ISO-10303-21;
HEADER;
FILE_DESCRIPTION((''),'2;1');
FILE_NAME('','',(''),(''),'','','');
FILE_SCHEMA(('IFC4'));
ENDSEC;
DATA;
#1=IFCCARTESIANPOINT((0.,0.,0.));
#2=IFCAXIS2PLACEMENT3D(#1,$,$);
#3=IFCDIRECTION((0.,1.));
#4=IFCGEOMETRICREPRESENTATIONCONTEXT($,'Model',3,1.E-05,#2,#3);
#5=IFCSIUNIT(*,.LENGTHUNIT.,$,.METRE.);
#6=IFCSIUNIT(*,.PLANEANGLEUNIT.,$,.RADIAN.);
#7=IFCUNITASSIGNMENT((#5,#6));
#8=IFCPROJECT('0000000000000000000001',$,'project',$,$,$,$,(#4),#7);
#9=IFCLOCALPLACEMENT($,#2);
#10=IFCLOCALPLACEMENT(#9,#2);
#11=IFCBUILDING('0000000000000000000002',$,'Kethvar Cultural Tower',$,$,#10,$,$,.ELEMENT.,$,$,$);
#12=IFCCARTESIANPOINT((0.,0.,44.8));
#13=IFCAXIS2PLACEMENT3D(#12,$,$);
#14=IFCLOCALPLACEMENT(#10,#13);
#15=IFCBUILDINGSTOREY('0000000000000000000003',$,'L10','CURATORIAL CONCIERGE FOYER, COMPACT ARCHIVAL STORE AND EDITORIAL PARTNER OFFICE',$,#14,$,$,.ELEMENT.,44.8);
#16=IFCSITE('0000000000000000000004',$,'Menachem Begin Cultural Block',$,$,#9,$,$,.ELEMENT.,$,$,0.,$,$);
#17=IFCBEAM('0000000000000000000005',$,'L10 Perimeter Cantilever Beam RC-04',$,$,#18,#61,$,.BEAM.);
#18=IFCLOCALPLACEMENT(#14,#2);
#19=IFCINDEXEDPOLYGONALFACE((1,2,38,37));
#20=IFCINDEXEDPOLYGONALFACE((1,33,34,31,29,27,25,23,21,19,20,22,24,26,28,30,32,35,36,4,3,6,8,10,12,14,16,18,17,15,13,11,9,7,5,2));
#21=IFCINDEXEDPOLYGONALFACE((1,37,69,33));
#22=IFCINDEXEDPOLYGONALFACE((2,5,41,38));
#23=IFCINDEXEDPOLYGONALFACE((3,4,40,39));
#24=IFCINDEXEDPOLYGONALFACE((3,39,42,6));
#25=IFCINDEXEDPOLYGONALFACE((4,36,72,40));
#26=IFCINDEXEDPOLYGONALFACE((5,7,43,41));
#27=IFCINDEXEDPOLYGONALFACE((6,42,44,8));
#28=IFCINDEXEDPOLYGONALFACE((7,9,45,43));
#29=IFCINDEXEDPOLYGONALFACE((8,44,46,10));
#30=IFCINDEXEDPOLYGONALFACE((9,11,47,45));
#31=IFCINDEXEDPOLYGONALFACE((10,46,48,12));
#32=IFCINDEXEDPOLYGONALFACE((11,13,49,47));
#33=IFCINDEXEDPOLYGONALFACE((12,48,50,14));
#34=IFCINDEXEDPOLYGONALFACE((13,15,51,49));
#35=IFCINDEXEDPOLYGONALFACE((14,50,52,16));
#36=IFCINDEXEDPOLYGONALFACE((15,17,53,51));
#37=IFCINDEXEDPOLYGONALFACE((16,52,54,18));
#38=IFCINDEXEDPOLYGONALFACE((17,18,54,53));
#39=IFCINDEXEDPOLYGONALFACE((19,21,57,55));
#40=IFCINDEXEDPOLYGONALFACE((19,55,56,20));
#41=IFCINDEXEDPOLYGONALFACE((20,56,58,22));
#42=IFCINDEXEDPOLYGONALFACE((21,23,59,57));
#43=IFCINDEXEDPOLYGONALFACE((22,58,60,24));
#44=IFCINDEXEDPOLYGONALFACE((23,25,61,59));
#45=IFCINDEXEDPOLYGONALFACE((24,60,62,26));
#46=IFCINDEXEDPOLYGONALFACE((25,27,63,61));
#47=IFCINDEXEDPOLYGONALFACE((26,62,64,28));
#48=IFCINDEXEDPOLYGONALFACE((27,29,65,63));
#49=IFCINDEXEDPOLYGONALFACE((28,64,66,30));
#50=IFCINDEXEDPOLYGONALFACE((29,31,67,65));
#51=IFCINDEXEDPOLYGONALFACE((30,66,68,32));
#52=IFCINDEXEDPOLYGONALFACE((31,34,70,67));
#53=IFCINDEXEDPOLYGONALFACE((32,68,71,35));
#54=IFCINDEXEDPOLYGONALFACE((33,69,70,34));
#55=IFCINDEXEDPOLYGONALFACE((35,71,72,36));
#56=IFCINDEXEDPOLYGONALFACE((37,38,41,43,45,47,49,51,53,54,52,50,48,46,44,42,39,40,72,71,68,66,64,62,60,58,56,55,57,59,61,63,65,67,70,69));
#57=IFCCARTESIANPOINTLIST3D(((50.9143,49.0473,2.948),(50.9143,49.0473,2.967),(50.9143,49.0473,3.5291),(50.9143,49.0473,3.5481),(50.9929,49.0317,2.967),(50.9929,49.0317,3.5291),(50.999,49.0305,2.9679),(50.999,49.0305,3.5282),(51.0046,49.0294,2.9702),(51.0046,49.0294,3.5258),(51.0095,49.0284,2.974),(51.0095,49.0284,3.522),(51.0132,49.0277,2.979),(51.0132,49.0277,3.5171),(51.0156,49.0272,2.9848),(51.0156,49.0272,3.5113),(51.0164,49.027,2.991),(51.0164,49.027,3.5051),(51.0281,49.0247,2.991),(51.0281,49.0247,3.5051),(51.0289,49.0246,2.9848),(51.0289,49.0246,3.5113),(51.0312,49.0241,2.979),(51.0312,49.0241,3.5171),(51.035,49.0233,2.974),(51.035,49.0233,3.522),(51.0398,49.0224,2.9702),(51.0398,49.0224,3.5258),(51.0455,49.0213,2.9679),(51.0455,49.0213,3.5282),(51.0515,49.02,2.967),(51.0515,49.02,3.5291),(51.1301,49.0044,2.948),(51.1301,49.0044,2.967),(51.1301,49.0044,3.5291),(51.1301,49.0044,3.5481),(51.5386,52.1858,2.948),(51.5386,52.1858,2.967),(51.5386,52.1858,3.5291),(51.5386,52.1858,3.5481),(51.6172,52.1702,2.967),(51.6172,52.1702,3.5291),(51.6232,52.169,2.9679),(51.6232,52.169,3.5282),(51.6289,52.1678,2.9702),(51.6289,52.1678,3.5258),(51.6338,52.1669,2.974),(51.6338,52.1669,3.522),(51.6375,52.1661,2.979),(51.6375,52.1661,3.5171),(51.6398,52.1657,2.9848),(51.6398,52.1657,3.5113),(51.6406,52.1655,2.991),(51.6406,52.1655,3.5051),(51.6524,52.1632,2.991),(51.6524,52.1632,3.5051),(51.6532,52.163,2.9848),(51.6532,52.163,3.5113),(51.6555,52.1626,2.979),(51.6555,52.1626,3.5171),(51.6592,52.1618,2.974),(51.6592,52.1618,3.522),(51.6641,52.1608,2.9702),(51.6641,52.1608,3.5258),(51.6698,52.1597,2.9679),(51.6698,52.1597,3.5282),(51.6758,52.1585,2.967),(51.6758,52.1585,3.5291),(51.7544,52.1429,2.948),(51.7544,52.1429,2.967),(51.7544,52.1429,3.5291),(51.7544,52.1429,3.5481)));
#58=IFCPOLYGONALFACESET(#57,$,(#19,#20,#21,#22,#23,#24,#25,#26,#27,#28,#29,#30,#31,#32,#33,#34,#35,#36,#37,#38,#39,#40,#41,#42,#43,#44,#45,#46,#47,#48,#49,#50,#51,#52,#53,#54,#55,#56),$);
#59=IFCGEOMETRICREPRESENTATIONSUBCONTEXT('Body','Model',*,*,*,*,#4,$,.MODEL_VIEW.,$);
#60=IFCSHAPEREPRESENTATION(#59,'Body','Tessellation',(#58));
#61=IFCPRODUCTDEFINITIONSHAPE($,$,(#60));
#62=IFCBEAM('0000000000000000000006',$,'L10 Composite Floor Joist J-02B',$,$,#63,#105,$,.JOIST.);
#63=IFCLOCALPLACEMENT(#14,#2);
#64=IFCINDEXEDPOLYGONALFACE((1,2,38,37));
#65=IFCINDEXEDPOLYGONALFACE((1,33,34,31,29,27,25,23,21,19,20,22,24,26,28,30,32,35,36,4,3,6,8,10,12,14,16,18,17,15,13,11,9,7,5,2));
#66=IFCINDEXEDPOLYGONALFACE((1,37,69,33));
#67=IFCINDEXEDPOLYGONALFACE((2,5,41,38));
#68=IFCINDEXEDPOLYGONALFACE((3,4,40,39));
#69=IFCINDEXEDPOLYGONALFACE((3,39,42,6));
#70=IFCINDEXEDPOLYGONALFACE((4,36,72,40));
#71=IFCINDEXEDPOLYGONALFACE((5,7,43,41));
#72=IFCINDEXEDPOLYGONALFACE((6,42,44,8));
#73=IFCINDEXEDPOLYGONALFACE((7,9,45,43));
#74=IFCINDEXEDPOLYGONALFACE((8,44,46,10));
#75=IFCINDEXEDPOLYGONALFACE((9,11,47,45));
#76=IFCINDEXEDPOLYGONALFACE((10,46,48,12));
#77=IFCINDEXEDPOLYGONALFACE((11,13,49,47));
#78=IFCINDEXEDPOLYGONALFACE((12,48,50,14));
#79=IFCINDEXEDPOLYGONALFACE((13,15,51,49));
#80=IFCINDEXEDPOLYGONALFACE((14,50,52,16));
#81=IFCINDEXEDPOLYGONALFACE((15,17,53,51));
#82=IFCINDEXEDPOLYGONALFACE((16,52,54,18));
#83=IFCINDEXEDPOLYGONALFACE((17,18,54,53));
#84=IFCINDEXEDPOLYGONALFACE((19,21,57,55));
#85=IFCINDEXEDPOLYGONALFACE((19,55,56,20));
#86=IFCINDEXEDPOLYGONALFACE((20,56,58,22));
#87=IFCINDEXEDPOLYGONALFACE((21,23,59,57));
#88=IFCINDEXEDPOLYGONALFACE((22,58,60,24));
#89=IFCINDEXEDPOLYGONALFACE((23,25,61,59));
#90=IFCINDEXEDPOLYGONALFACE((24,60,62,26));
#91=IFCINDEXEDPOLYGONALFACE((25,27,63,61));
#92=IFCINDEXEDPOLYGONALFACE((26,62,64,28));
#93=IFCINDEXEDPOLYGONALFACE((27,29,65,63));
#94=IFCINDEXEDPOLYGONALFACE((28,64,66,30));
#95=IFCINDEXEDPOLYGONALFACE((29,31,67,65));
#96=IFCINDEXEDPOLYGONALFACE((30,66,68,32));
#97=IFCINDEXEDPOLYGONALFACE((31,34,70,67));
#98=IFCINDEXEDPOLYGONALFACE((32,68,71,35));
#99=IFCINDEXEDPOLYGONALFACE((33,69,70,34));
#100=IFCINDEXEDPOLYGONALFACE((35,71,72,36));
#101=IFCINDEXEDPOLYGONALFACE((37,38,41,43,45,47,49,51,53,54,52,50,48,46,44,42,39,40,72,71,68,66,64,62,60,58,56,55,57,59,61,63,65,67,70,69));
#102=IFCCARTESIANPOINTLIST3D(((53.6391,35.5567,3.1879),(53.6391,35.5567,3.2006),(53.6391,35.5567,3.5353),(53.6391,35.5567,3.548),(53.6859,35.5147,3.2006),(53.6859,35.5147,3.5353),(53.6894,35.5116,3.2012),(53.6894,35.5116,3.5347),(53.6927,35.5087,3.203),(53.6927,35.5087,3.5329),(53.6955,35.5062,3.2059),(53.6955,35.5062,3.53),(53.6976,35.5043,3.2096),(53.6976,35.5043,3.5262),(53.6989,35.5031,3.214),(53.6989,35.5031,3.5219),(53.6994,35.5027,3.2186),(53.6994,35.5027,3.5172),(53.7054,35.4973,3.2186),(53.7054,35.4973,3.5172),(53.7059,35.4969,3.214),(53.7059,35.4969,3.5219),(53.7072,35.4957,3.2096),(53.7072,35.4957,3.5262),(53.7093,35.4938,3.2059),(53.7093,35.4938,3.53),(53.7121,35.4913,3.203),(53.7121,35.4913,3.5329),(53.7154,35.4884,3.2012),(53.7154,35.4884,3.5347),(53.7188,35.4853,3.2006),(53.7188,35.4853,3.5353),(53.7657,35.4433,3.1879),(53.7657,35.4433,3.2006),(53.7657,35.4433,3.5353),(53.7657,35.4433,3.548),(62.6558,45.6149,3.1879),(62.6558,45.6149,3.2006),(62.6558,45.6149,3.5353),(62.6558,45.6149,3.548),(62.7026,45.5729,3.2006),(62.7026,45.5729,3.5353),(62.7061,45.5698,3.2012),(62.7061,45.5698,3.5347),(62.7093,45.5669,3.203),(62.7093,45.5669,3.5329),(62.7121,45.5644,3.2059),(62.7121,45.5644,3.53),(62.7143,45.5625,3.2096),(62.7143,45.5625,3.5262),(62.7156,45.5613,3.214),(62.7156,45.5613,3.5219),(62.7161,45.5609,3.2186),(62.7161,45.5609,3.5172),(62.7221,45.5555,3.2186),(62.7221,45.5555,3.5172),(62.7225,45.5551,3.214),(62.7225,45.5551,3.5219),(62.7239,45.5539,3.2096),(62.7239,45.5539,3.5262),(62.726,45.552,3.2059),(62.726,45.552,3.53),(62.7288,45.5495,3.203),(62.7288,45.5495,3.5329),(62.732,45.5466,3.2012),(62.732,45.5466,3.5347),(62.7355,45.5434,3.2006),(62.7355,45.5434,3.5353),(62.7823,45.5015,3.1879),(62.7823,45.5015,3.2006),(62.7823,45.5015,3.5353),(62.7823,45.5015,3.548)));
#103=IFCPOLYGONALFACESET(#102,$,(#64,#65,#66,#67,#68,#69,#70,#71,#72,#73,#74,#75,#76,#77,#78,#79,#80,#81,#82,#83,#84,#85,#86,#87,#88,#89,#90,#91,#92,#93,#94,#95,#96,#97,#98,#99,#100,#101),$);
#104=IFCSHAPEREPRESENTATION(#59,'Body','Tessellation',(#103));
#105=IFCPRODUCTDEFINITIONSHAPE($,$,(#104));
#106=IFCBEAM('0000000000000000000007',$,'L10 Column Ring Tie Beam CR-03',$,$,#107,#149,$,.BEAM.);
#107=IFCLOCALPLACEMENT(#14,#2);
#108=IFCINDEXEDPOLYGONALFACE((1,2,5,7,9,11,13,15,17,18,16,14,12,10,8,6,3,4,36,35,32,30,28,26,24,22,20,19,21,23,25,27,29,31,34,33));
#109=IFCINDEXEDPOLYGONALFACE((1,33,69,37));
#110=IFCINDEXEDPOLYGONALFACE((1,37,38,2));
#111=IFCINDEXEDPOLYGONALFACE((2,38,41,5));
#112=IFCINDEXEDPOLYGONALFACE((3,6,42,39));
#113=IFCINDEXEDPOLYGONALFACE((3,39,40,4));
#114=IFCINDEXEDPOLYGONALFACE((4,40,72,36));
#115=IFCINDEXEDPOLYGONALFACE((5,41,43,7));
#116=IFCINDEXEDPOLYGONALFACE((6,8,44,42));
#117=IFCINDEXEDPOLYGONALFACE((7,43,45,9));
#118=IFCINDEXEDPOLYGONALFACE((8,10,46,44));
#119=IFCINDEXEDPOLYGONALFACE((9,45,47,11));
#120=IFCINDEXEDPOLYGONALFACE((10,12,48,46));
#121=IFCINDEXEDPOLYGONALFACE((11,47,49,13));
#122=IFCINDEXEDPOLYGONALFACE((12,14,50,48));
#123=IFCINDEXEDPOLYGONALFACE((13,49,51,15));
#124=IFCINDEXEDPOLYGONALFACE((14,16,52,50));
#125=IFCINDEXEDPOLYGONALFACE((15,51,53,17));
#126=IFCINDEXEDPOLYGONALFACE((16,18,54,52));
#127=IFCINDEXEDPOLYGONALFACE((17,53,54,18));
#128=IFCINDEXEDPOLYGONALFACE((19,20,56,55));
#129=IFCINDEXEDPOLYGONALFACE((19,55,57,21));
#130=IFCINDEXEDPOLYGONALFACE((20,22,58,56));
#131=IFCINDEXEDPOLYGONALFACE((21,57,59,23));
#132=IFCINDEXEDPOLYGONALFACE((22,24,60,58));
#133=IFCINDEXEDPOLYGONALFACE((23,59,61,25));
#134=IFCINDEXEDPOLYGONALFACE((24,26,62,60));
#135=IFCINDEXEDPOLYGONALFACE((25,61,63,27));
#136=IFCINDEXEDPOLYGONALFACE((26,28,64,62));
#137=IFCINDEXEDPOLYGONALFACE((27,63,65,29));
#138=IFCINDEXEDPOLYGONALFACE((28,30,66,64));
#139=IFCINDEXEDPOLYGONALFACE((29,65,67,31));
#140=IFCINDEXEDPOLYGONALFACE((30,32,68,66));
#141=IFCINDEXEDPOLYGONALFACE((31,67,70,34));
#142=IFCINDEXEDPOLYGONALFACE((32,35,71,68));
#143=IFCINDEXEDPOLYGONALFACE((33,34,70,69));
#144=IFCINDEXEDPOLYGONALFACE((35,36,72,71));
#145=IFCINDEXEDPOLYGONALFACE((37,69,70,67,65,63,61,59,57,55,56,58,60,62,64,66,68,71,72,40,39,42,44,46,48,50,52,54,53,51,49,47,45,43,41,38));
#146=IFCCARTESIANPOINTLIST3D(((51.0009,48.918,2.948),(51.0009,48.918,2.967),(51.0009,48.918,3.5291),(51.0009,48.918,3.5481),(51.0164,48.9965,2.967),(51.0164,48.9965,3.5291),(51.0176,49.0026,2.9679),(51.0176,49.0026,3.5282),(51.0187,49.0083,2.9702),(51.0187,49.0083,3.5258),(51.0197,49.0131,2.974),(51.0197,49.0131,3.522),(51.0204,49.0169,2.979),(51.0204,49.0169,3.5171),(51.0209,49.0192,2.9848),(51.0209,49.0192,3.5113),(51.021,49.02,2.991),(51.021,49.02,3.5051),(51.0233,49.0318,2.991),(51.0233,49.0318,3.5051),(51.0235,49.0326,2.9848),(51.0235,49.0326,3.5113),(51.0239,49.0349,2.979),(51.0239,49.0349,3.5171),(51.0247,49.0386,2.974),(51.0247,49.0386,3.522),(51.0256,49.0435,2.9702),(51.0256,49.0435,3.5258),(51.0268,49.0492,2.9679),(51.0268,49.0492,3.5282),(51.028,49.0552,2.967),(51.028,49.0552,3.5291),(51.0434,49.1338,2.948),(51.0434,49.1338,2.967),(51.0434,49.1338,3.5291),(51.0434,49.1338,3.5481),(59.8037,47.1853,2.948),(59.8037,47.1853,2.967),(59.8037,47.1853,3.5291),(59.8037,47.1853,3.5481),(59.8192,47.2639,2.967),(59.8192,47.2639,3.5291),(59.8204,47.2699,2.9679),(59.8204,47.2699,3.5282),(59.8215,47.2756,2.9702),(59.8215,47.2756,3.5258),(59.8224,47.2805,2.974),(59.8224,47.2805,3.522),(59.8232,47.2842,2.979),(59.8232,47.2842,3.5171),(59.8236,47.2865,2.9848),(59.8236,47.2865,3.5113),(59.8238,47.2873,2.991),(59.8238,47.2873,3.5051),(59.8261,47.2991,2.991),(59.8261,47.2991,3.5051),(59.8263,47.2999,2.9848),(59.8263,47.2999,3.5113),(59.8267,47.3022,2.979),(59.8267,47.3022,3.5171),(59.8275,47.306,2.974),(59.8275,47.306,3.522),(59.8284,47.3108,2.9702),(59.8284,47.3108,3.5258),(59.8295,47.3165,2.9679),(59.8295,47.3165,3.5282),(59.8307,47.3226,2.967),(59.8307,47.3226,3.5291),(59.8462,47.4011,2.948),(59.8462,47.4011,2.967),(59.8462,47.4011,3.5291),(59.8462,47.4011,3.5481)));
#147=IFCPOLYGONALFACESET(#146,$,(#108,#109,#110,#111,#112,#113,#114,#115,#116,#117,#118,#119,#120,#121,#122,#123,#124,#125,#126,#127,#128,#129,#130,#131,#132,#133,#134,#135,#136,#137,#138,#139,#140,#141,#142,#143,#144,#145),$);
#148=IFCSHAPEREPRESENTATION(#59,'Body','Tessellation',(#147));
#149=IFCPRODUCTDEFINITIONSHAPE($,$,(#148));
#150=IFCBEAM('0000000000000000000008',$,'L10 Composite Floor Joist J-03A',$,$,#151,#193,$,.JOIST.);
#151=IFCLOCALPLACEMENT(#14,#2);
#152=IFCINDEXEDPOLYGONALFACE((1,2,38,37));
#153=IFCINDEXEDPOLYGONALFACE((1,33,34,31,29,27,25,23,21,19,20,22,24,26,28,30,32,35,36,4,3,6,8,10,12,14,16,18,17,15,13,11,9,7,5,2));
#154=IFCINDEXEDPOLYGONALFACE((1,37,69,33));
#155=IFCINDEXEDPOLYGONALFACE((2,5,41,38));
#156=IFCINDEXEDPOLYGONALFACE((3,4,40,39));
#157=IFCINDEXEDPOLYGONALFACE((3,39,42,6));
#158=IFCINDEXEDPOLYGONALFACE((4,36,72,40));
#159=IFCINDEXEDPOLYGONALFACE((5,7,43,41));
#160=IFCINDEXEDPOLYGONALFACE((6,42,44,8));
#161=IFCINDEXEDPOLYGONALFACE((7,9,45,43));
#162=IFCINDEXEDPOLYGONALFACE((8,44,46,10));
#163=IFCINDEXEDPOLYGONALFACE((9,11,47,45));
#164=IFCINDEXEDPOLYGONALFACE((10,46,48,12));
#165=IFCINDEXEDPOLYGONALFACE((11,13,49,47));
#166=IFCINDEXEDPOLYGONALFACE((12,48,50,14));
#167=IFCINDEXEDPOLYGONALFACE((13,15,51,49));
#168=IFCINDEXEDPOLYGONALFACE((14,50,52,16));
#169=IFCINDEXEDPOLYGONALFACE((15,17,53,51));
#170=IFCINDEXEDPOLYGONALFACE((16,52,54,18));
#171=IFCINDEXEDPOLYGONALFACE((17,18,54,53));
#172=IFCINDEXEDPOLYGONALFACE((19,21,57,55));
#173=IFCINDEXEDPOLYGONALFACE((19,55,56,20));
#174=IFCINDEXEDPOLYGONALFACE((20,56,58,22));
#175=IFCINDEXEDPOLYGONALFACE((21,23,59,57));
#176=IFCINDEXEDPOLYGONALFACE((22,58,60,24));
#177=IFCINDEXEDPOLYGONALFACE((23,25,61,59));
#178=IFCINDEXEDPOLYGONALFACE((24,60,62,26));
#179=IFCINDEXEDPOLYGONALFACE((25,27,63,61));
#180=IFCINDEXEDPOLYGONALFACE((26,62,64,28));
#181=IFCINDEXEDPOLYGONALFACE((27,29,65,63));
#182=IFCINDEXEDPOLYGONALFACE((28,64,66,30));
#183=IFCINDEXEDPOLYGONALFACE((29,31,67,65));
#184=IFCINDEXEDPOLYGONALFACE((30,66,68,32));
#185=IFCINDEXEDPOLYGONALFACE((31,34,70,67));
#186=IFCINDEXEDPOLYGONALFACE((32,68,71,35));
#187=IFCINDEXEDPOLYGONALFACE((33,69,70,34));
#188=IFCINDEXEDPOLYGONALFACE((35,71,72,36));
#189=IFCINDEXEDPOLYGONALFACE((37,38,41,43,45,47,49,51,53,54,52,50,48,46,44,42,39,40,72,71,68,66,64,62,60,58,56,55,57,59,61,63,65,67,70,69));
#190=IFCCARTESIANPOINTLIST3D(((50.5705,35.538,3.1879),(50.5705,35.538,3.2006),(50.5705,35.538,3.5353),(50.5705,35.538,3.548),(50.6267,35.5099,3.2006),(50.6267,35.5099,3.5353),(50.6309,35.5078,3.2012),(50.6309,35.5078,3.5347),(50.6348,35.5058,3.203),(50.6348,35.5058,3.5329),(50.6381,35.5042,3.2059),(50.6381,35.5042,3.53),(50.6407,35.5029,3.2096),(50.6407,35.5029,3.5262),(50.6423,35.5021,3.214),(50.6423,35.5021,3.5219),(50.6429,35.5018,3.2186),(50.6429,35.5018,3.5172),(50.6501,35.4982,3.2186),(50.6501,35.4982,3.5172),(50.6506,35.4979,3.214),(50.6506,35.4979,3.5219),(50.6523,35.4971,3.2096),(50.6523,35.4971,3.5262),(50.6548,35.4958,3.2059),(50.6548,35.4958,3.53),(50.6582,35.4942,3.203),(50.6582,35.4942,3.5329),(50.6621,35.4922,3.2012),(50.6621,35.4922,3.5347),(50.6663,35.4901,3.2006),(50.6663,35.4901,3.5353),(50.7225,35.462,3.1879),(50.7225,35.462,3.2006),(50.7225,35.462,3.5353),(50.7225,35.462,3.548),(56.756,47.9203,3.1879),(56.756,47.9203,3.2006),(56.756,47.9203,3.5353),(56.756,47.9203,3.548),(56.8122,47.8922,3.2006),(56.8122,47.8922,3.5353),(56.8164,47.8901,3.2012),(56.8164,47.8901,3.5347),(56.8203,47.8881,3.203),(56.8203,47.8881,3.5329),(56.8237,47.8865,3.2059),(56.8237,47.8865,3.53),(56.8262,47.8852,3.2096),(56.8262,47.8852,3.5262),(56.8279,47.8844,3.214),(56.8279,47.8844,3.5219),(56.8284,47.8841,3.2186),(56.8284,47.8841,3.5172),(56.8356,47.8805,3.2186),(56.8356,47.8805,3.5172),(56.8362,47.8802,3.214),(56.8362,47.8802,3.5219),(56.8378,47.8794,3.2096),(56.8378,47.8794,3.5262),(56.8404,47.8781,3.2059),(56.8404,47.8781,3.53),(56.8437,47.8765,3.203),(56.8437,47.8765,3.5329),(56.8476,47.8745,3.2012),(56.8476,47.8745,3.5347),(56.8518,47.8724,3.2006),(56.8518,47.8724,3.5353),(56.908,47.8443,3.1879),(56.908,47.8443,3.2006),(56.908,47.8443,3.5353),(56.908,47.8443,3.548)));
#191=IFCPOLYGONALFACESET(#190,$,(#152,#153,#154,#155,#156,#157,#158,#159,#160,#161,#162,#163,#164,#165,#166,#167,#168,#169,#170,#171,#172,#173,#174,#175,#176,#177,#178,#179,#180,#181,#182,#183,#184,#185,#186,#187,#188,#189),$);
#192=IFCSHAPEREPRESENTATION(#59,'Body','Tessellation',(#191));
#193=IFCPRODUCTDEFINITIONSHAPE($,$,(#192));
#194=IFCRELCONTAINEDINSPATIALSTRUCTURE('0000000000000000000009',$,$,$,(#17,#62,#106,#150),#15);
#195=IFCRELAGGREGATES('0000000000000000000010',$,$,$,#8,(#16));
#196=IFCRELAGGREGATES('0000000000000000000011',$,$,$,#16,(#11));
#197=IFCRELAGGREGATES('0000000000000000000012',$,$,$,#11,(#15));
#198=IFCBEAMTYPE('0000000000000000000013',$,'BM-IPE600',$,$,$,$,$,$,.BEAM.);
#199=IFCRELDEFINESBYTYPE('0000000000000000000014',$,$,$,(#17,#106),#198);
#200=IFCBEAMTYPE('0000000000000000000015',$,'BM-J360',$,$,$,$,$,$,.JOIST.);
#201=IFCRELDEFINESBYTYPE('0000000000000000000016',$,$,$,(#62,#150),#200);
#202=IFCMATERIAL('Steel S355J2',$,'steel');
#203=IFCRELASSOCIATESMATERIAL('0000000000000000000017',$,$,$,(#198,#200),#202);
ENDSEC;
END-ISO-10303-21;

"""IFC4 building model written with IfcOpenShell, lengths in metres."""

from ifc_helpers import new_model, si_unit, direction, frame, origin, origin_2d, place, context, subcontext, project, spatial, i_section, extrude, source, transform, mapped, material, material_profile, profile_set, type_object, element, save


model = new_model("IFC4")

# Units and contexts
model_context = context("Model", 3, precision=1e-05, world=origin(), true_north=direction((0.0, 1.0)))
body_context = subcontext(model_context, "Body", "Model", "MODEL_VIEW")
ifc_project = project(units=[si_unit("LENGTHUNIT", "METRE"), si_unit("PLANEANGLEUNIT", "RADIAN")], contexts=[model_context])

# Site, building, storey
site_placement = place(None, origin())
site = spatial("IfcSite", under=ifc_project, at=site_placement, Name="Menachem Begin Cultural Block", CompositionType="ELEMENT", RefElevation=0.0)
building_placement = place(site_placement, origin())
building = spatial("IfcBuilding", under=site, at=building_placement, Name="Kethvar Cultural Tower", CompositionType="ELEMENT")
storey_placement = place(building_placement, frame((0.0, 0.0, 44.8)))
storey = spatial("IfcBuildingStorey", under=building, at=storey_placement, Name="L10", Description="CURATORIAL CONCIERGE FOYER, COMPACT ARCHIVAL STORE AND EDITORIAL PARTNER OFFICE", CompositionType="ELEMENT", Elevation=44.8)

# Beams
ifc_material_1 = material(Name="Steel S355J2", Category="steel")
ifc_material_profile_1 = material_profile(ifc_material_1, i_section(OverallWidth=0.22, OverallDepth=0.6001, WebThickness=0.012, FlangeThickness=0.019, FilletRadius=0.0239, at=origin_2d()), Name="Steel S355J2 — IPE600")
ifc_profile_set_1 = profile_set([ifc_material_profile_1], Name="Steel S355J2 — IPE600")
beam_type_1 = type_object("IfcBeamType", Name="BM-IPE600", PredefinedType="BEAM", material=ifc_profile_set_1)
shared_shape_1 = source(origin(), body_context, "Body", "SweptSolid", [
    extrude(i_section(OverallWidth=0.22, OverallDepth=0.6001, WebThickness=0.012, FlangeThickness=0.019, FilletRadius=0.0239, at=origin_2d()), origin(), (0.0, 0.0, 1.0), 3.2),
])
beam_1_placement = place(storey_placement, frame((51.0222, 49.0259, 3.248), z_axis=(0.195089, 0.980786, 0.0), x_axis=(-0.980786, 0.195089, 0.0)))
element("IfcBeam", 1, at=beam_1_placement, inside=storey, type_object=beam_type_1, Name="L10 Perimeter Cantilever Beam RC-04", PredefinedType="BEAM", context=body_context, shape_type="MappedRepresentation", body=[
    mapped(shared_shape_1, transform((0.0, 0.0, 0.0), scale=1.0)),
])
ifc_material_profile_2 = material_profile(ifc_material_1, i_section(OverallWidth=0.1699, OverallDepth=0.3601, WebThickness=0.0081, FlangeThickness=0.0127, FilletRadius=0.0181, at=origin_2d()), Name="Steel S355J2 — IPE360")
ifc_profile_set_2 = profile_set([ifc_material_profile_2], Name="Steel S355J2 — IPE360")
beam_type_2 = type_object("IfcBeamType", Name="BM-J360", PredefinedType="JOIST", material=ifc_profile_set_2)
shared_shape_2 = source(origin(), body_context, "Body", "SweptSolid", [
    extrude(i_section(OverallWidth=0.1699, OverallDepth=0.3601, WebThickness=0.0081, FlangeThickness=0.0127, FilletRadius=0.0181, at=origin_2d()), origin(), (0.0, 0.0, 1.0), 13.5081),
])
beam_2_placement = place(storey_placement, frame((53.7024, 35.5, 3.3679), z_axis=(0.667504, 0.744607, 0.0), x_axis=(-0.744607, 0.667504, 0.0)))
element("IfcBeam", 2, at=beam_2_placement, inside=storey, type_object=beam_type_2, Name="L10 Composite Floor Joist J-02B", PredefinedType="JOIST", context=body_context, shape_type="MappedRepresentation", body=[
    mapped(shared_shape_2, transform((0.0, 0.0, 0.0), scale=1.0)),
])
shared_shape_3 = source(origin(), body_context, "Body", "SweptSolid", [
    extrude(i_section(OverallWidth=0.22, OverallDepth=0.6001, WebThickness=0.012, FlangeThickness=0.019, FilletRadius=0.0239, at=origin_2d()), origin(), (0.0, 0.0, 1.0), 8.9717),
])
beam_3_placement = place(storey_placement, frame((59.825, 47.2932, 3.248), z_axis=(-0.981174, 0.193127, 0.0), x_axis=(-0.193127, -0.981174, 0.0)))
element("IfcBeam", 3, at=beam_3_placement, inside=storey, type_object=beam_type_1, Name="L10 Column Ring Tie Beam CR-03", PredefinedType="BEAM", context=body_context, shape_type="MappedRepresentation", body=[
    mapped(shared_shape_3, transform((0.0, 0.0, 0.0), scale=1.0)),
])
shared_shape_4 = source(origin(), body_context, "Body", "SweptSolid", [
    extrude(i_section(OverallWidth=0.1699, OverallDepth=0.3601, WebThickness=0.0081, FlangeThickness=0.0127, FilletRadius=0.0181, at=origin_2d()), origin(), (0.0, 0.0, 1.0), 13.8413),
])
beam_4_placement = place(storey_placement, frame((50.6465, 35.5, 3.3679), z_axis=(0.446889, 0.894589, 0.0), x_axis=(-0.894589, 0.446889, 0.0)))
element("IfcBeam", 4, at=beam_4_placement, inside=storey, type_object=beam_type_2, Name="L10 Composite Floor Joist J-03A", PredefinedType="JOIST", context=body_context, shape_type="MappedRepresentation", body=[
    mapped(shared_shape_4, transform((0.0, 0.0, 0.0), scale=1.0)),
])

save(model, "model.ifc")
